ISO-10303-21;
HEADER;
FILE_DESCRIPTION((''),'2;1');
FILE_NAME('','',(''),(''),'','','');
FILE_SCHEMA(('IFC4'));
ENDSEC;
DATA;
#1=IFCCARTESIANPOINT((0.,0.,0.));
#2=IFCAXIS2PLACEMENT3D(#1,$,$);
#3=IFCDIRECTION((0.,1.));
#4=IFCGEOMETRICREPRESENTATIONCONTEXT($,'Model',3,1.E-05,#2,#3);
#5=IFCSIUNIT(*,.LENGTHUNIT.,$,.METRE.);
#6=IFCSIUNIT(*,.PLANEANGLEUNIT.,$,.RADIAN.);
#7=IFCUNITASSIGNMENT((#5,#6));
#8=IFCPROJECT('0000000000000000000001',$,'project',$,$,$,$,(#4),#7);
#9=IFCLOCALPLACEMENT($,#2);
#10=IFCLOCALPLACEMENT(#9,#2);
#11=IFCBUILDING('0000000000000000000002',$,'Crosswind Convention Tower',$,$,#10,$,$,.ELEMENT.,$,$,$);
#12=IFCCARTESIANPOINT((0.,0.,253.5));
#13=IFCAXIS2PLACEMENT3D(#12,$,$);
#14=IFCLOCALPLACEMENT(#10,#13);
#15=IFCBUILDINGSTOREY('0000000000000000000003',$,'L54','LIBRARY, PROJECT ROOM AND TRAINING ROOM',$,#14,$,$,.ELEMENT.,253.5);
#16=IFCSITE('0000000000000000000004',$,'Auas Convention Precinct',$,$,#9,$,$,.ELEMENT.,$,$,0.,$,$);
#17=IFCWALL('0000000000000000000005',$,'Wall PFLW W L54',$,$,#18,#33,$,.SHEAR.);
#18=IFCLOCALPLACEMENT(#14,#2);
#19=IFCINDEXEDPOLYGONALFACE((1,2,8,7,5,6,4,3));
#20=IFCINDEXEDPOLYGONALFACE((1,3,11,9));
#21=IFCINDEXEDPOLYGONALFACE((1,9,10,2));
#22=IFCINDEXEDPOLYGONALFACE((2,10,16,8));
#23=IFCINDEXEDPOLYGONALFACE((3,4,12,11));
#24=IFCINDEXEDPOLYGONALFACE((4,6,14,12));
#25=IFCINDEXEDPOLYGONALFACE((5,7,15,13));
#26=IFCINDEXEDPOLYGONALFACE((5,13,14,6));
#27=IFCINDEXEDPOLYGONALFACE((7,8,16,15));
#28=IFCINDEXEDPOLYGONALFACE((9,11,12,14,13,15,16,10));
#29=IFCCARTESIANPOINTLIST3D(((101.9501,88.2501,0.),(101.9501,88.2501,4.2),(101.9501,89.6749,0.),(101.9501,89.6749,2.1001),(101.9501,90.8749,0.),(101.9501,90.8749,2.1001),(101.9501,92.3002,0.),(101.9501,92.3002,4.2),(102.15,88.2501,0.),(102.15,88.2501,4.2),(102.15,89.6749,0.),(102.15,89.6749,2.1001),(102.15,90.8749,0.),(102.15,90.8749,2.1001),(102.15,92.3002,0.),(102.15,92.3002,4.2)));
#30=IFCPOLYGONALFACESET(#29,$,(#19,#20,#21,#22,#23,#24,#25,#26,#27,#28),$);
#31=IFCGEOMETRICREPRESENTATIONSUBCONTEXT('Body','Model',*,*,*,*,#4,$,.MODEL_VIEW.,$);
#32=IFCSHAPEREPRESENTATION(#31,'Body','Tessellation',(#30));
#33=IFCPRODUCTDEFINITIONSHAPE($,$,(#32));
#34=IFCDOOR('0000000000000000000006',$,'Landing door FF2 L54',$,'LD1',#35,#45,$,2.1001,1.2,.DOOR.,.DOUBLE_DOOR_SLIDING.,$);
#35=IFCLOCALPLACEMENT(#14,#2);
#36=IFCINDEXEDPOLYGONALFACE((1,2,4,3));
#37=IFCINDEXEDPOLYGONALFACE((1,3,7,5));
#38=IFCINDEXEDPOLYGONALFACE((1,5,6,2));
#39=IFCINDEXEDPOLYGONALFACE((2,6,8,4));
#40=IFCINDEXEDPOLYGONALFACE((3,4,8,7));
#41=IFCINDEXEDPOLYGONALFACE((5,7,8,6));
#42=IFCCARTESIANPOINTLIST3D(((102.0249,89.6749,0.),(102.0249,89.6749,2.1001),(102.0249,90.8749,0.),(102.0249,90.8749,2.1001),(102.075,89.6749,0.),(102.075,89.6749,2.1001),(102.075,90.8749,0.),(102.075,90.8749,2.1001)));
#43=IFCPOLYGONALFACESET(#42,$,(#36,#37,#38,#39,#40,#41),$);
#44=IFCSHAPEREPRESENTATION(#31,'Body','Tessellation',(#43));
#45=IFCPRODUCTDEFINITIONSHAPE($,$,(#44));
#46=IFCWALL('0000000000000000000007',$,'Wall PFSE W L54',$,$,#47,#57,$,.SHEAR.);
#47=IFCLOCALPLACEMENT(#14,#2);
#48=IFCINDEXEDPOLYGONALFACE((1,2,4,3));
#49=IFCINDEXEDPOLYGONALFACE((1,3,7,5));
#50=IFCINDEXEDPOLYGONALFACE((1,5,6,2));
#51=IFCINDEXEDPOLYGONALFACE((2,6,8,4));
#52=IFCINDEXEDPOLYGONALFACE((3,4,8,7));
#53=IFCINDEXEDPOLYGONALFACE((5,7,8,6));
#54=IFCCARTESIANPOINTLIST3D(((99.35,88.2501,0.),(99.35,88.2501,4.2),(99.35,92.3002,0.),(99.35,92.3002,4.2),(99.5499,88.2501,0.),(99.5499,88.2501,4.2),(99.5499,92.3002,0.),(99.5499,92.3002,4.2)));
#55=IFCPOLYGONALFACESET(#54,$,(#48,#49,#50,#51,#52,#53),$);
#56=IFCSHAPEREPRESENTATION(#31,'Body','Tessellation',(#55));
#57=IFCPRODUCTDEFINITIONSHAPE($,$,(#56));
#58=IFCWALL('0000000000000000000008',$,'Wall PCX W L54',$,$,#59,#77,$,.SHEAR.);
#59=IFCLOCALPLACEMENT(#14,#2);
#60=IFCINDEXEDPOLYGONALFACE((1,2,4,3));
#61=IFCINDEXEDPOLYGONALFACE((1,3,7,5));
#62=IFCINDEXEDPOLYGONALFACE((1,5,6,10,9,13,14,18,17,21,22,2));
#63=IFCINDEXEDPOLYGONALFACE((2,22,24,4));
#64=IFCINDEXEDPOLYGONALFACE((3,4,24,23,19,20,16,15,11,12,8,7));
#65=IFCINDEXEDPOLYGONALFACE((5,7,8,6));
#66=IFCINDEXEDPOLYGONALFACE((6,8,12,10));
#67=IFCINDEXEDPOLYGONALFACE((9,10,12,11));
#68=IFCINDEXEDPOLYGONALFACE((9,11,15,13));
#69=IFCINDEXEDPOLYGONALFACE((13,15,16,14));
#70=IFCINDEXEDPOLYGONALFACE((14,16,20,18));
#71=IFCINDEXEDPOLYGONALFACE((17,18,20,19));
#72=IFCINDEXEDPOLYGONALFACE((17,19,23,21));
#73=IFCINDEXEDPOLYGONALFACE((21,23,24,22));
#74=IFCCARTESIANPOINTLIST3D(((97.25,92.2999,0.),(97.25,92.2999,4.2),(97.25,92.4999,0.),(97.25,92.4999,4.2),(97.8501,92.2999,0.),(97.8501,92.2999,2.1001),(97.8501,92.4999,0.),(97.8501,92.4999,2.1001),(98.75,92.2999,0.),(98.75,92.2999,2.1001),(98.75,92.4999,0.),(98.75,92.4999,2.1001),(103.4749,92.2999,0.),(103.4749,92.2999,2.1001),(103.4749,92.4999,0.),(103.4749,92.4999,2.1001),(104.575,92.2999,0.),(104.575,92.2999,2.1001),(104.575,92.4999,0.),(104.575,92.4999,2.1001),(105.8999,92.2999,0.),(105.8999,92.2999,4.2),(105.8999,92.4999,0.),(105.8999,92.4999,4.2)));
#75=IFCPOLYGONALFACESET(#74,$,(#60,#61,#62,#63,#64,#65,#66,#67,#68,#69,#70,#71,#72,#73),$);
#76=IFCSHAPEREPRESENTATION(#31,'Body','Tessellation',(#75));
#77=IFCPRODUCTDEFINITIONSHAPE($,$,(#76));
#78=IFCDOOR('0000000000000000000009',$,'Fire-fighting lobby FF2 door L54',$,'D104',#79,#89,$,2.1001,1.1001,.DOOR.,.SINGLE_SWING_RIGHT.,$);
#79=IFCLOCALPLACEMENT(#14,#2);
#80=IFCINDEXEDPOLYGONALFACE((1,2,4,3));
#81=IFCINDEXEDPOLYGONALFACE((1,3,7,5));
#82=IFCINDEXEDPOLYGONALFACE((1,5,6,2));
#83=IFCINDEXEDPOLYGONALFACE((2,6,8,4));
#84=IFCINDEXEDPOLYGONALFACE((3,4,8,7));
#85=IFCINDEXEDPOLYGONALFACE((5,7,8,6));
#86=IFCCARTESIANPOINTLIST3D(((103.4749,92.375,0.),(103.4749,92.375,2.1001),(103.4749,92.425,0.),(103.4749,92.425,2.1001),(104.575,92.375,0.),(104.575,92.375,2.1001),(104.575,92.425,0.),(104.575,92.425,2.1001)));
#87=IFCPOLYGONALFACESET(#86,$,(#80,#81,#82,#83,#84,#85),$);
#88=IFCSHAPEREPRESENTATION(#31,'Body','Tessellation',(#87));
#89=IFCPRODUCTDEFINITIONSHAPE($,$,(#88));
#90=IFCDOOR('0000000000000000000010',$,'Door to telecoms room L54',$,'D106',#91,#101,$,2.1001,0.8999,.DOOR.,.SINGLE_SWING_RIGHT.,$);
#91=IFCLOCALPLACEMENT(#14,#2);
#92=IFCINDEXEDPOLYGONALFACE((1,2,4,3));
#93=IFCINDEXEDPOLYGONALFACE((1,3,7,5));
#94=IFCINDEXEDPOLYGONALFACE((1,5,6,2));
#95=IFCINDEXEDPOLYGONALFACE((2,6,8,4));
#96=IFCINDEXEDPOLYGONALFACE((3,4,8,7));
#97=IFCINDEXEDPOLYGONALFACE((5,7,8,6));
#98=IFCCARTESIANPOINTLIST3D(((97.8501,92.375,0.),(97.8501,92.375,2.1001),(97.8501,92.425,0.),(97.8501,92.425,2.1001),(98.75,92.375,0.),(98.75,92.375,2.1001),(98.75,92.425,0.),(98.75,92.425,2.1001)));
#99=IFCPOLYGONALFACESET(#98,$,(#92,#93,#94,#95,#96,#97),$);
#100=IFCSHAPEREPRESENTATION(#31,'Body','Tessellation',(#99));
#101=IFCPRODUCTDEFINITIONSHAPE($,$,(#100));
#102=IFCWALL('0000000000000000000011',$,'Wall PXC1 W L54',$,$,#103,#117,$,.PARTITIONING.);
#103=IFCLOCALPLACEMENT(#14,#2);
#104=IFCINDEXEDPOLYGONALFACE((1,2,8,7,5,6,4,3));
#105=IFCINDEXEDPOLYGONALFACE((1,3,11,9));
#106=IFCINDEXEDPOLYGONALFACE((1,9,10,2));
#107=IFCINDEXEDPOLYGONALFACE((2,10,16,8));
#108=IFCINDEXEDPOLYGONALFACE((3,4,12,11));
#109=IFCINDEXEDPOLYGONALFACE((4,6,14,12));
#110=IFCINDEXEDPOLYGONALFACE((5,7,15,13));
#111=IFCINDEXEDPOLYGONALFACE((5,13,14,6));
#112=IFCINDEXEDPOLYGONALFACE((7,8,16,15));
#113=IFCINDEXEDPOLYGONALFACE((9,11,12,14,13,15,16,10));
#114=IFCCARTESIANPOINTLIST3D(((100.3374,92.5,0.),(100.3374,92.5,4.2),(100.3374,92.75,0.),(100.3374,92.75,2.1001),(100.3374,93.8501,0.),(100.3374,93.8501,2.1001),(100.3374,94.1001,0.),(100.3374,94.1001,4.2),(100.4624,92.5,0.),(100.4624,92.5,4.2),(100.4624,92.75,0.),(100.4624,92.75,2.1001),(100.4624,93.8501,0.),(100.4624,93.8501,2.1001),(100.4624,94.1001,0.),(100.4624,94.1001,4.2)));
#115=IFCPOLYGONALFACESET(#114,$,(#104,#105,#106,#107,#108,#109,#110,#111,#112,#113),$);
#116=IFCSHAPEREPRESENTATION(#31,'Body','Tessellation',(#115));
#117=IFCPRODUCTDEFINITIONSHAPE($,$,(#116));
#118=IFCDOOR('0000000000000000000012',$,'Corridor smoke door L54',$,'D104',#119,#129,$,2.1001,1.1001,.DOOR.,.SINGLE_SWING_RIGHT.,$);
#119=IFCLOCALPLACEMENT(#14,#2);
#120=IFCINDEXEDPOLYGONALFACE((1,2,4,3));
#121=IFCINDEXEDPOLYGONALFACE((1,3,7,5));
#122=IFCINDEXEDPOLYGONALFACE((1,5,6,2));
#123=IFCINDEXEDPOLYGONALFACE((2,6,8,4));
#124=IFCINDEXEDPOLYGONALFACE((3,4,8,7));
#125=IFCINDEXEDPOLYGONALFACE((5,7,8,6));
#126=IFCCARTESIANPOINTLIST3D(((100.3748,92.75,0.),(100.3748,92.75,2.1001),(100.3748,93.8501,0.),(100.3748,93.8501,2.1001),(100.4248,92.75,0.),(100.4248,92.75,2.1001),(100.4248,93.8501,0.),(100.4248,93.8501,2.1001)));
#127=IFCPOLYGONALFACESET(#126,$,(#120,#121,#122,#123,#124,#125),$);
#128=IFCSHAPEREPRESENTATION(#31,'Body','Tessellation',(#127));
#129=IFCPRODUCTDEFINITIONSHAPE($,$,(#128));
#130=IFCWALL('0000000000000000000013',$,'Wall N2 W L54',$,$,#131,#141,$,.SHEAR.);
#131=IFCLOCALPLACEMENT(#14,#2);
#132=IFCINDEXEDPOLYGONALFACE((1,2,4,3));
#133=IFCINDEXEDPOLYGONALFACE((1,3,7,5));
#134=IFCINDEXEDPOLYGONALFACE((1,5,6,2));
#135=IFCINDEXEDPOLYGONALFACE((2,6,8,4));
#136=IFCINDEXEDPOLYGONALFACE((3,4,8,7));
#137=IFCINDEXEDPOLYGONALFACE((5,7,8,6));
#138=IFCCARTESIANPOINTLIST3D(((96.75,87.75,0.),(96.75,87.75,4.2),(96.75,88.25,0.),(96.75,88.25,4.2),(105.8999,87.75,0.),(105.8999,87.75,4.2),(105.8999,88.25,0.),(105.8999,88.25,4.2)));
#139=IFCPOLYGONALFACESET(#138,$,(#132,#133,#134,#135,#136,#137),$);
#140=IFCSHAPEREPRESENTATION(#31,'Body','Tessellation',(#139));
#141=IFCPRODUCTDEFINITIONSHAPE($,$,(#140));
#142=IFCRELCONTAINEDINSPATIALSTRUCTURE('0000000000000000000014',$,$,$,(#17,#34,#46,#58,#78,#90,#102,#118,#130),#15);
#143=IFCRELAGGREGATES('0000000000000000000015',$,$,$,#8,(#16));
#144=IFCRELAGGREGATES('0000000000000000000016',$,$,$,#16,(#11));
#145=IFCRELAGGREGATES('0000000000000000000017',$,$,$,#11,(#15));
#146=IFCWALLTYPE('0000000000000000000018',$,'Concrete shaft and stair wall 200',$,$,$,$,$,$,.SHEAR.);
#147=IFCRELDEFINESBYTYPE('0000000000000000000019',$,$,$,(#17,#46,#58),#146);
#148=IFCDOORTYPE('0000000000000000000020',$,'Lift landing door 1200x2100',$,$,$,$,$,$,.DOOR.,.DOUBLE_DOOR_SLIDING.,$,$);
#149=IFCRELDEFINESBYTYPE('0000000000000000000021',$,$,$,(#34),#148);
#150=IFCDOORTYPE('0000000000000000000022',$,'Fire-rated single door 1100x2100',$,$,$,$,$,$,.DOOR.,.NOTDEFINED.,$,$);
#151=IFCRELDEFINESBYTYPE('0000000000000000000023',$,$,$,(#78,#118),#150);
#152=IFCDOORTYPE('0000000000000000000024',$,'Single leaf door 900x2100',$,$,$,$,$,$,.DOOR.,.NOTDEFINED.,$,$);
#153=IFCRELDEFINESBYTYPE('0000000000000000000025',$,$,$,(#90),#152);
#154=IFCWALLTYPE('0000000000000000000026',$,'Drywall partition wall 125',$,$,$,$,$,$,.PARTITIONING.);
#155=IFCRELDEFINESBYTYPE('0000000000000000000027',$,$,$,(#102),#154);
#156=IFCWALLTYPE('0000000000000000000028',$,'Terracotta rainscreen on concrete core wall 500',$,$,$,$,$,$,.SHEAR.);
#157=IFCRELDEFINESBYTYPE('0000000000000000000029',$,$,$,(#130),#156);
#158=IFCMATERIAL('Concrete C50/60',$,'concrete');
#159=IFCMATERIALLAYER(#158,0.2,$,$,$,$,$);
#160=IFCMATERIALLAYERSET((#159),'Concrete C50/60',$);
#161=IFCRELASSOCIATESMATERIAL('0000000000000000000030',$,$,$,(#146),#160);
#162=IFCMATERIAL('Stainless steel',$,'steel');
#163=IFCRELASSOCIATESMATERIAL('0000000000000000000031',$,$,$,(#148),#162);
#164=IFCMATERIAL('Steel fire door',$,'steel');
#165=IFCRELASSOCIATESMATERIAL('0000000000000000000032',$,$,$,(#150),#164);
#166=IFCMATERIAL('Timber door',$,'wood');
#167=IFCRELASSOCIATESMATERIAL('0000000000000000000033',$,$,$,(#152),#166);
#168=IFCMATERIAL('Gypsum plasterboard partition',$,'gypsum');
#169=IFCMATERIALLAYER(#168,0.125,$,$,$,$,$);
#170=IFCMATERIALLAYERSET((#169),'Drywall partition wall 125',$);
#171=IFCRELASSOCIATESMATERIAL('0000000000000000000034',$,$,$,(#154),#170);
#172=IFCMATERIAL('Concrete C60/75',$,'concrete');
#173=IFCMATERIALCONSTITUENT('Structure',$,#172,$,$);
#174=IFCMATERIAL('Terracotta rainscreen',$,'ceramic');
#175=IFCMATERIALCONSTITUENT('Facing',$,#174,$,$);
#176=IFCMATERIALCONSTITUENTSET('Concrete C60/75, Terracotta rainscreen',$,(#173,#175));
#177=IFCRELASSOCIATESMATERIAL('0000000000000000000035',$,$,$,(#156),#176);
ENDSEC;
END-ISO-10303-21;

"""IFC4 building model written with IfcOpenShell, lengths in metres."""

from ifc_helpers import new_model, si_unit, direction, frame, frame_2d, origin, place, context, subcontext, project, spatial, rectangle, extrude, material, layer, layer_set, constituent, constituent_set, type_object, element, fill, save


model = new_model("IFC4")

# Units and contexts
model_context = context("Model", 3, precision=1e-05, world=origin(), true_north=direction((0.0, 1.0)))
body_context = subcontext(model_context, "Body", "Model", "MODEL_VIEW")
ifc_project = project(units=[si_unit("LENGTHUNIT", "METRE"), si_unit("PLANEANGLEUNIT", "RADIAN")], contexts=[model_context])

# Site, building, storey
site_placement = place(None, origin())
site = spatial("IfcSite", under=ifc_project, at=site_placement, Name="Auas Convention Precinct", CompositionType="ELEMENT", RefElevation=0.0)
building_placement = place(site_placement, origin())
building = spatial("IfcBuilding", under=site, at=building_placement, Name="Crosswind Convention Tower", CompositionType="ELEMENT")
storey_placement = place(building_placement, frame((0.0, 0.0, 253.5)))
storey = spatial("IfcBuildingStorey", under=building, at=storey_placement, Name="L54", Description="LIBRARY, PROJECT ROOM AND TRAINING ROOM", CompositionType="ELEMENT", Elevation=253.5)

# Shared definitions
ifc_material_1 = material(Name="Concrete C50/60", Category="concrete")
ifc_layer_1 = layer(ifc_material_1, 0.2)
ifc_layer_set_1 = layer_set([ifc_layer_1], Name="Concrete C50/60")
wall_type_1 = type_object("IfcWallType", Name="Concrete shaft and stair wall 200", PredefinedType="SHEAR", material=ifc_layer_set_1)

# Wall, opening, door
wall_1_placement = place(storey_placement, frame((102.05, 92.3, 0.0), z_axis=(0.0, 0.0, 1.0), x_axis=(0.0, -1.0, 0.0)))
wall_1 = element("IfcWall", 1, at=wall_1_placement, inside=storey, type_object=wall_type_1, Name="Wall PFLW W L54", PredefinedType="SHEAR", context=body_context, shape_type="SweptSolid", body=[
    extrude(rectangle(XDim=4.05, YDim=0.2, at=frame_2d((2.0249, 0.0))), origin(), (0.0, 0.0, 1.0), 4.2),
])
opening_1_placement = place(wall_1_placement, frame((1.425, 0.0, 0.0)))
opening_1 = element("IfcOpeningElement", 2, at=opening_1_placement, cuts=wall_1, PredefinedType="OPENING", context=body_context, shape_type="SweptSolid", body=[
    extrude(rectangle(XDim=1.2, YDim=2.1001, at=frame_2d((0.6001, 1.05))), frame((0.0, 0.1099, 0.0), z_axis=(0.0, -1.0, 0.0), x_axis=(1.0, 0.0, 0.0)), (0.0, 0.0, 1.0), 0.22),
])
ifc_material_2 = material(Name="Stainless steel", Category="steel")
door_type_1 = type_object("IfcDoorType", Name="Lift landing door 1200x2100", OperationType="DOUBLE_DOOR_SLIDING", PredefinedType="DOOR", material=ifc_material_2)
door_1_placement = place(opening_1_placement, origin())
door_1 = element("IfcDoor", 3, at=door_1_placement, inside=storey, type_object=door_type_1, Name="Landing door FF2 L54", ObjectType="LD1", OperationType="DOUBLE_DOOR_SLIDING", OverallHeight=2.1001, OverallWidth=1.2, PredefinedType="DOOR", context=body_context, shape_type="SweptSolid", body=[
    extrude(rectangle(XDim=1.2, YDim=2.1001, at=frame_2d((0.6001, 1.05))), frame((0.0, 0.0249, 0.0), z_axis=(0.0, -1.0, 0.0), x_axis=(1.0, 0.0, 0.0)), (0.0, 0.0, 1.0), 0.05),
])
fill(opening_1, door_1)

# Wall
wall_2_placement = place(storey_placement, frame((99.45, 92.3, 0.0), z_axis=(0.0, 0.0, 1.0), x_axis=(0.0, -1.0, 0.0)))
element("IfcWall", 4, at=wall_2_placement, inside=storey, type_object=wall_type_1, Name="Wall PFSE W L54", PredefinedType="SHEAR", context=body_context, shape_type="SweptSolid", body=[
    extrude(rectangle(XDim=4.05, YDim=0.2, at=frame_2d((2.0249, 0.0))), origin(), (0.0, 0.0, 1.0), 4.2),
])

# Wall, openings, doors
wall_3_placement = place(storey_placement, frame((105.8999, 92.3999, 0.0), z_axis=(0.0, 0.0, 1.0), x_axis=(-1.0, 0.0, 0.0)))
wall_3 = element("IfcWall", 5, at=wall_3_placement, inside=storey, type_object=wall_type_1, Name="Wall PCX W L54", PredefinedType="SHEAR", context=body_context, shape_type="SweptSolid", body=[
    extrude(rectangle(XDim=8.6499, YDim=0.2, at=frame_2d((4.325, 0.0))), origin(), (0.0, 0.0, 1.0), 4.2),
])
opening_2_placement = place(wall_3_placement, frame((1.325, 0.0, 0.0)))
opening_2 = element("IfcOpeningElement", 6, at=opening_2_placement, cuts=wall_3, PredefinedType="OPENING", context=body_context, shape_type="SweptSolid", body=[
    extrude(rectangle(XDim=1.1001, YDim=2.1001, at=frame_2d((0.55, 1.05))), frame((0.0, 0.1099, 0.0), z_axis=(0.0, -1.0, 0.0), x_axis=(1.0, 0.0, 0.0)), (0.0, 0.0, 1.0), 0.22),
])
opening_3_placement = place(wall_3_placement, frame((7.1499, 0.0, 0.0)))
opening_3 = element("IfcOpeningElement", 7, at=opening_3_placement, cuts=wall_3, PredefinedType="OPENING", context=body_context, shape_type="SweptSolid", body=[
    extrude(rectangle(XDim=0.8999, YDim=2.1001, at=frame_2d((0.45, 1.05))), frame((0.0, 0.1099, 0.0), z_axis=(0.0, -1.0, 0.0), x_axis=(1.0, 0.0, 0.0)), (0.0, 0.0, 1.0), 0.22),
])
ifc_material_3 = material(Name="Steel fire door", Category="steel")
door_type_2 = type_object("IfcDoorType", Name="Fire-rated single door 1100x2100", OperationType="NOTDEFINED", PredefinedType="DOOR", material=ifc_material_3)
door_2_placement = place(opening_2_placement, origin())
door_2 = element("IfcDoor", 8, at=door_2_placement, inside=storey, type_object=door_type_2, Name="Fire-fighting lobby FF2 door L54", ObjectType="D104", OperationType="SINGLE_SWING_RIGHT", OverallHeight=2.1001, OverallWidth=1.1001, PredefinedType="DOOR", context=body_context, shape_type="SweptSolid", body=[
    extrude(rectangle(XDim=1.1001, YDim=2.1001, at=frame_2d((0.55, 1.05))), frame((0.0, 0.0249, 0.0), z_axis=(0.0, -1.0, 0.0), x_axis=(1.0, 0.0, 0.0)), (0.0, 0.0, 1.0), 0.05),
])
fill(opening_2, door_2)
ifc_material_4 = material(Name="Timber door", Category="wood")
door_type_3 = type_object("IfcDoorType", Name="Single leaf door 900x2100", OperationType="NOTDEFINED", PredefinedType="DOOR", material=ifc_material_4)
door_3_placement = place(opening_3_placement, origin())
door_3 = element("IfcDoor", 9, at=door_3_placement, inside=storey, type_object=door_type_3, Name="Door to telecoms room L54", ObjectType="D106", OperationType="SINGLE_SWING_RIGHT", OverallHeight=2.1001, OverallWidth=0.8999, PredefinedType="DOOR", context=body_context, shape_type="SweptSolid", body=[
    extrude(rectangle(XDim=0.8999, YDim=2.1001, at=frame_2d((0.45, 1.05))), frame((0.0, 0.0249, 0.0), z_axis=(0.0, -1.0, 0.0), x_axis=(1.0, 0.0, 0.0)), (0.0, 0.0, 1.0), 0.05),
])
fill(opening_3, door_3)

# Wall, opening, door
ifc_material_5 = material(Name="Gypsum plasterboard partition", Category="gypsum")
ifc_layer_2 = layer(ifc_material_5, 0.125)
ifc_layer_set_2 = layer_set([ifc_layer_2], Name="Drywall partition wall 125")
wall_type_2 = type_object("IfcWallType", Name="Drywall partition wall 125", PredefinedType="PARTITIONING", material=ifc_layer_set_2)
wall_4_placement = place(storey_placement, frame((100.3999, 94.1001, 0.0), z_axis=(0.0, 0.0, 1.0), x_axis=(0.0, -1.0, 0.0)))
wall_4 = element("IfcWall", 10, at=wall_4_placement, inside=storey, type_object=wall_type_2, Name="Wall PXC1 W L54", PredefinedType="PARTITIONING", context=body_context, shape_type="SweptSolid", body=[
    extrude(rectangle(XDim=1.6001, YDim=0.125, at=frame_2d((0.8, 0.0))), origin(), (0.0, 0.0, 1.0), 4.2),
])
opening_4_placement = place(wall_4_placement, frame((0.25, 0.0, 0.0)))
opening_4 = element("IfcOpeningElement", 11, at=opening_4_placement, cuts=wall_4, PredefinedType="OPENING", context=body_context, shape_type="SweptSolid", body=[
    extrude(rectangle(XDim=1.1001, YDim=2.1001, at=frame_2d((0.55, 1.05))), frame((0.0, 0.0725, 0.0), z_axis=(0.0, -1.0, 0.0), x_axis=(1.0, 0.0, 0.0)), (0.0, 0.0, 1.0), 0.145),
])
door_4_placement = place(opening_4_placement, origin())
door_4 = element("IfcDoor", 12, at=door_4_placement, inside=storey, type_object=door_type_2, Name="Corridor smoke door L54", ObjectType="D104", OperationType="SINGLE_SWING_RIGHT", OverallHeight=2.1001, OverallWidth=1.1001, PredefinedType="DOOR", context=body_context, shape_type="SweptSolid", body=[
    extrude(rectangle(XDim=1.1001, YDim=2.1001, at=frame_2d((0.55, 1.05))), frame((0.0, 0.0249, 0.0), z_axis=(0.0, -1.0, 0.0), x_axis=(1.0, 0.0, 0.0)), (0.0, 0.0, 1.0), 0.05),
])
fill(opening_4, door_4)

# Wall
ifc_material_6 = material(Name="Concrete C60/75", Category="concrete")
ifc_constituent_1 = constituent(ifc_material_6, Name="Structure")
ifc_material_7 = material(Name="Terracotta rainscreen", Category="ceramic")
ifc_constituent_2 = constituent(ifc_material_7, Name="Facing")
ifc_constituent_set = constituent_set(constituents=[ifc_constituent_1, ifc_constituent_2], Name="Concrete C60/75, Terracotta rainscreen")
wall_type_3 = type_object("IfcWallType", Name="Terracotta rainscreen on concrete core wall 500", PredefinedType="SHEAR", material=ifc_constituent_set)
wall_5_placement = place(storey_placement, frame((105.8999, 88.0, 0.0), z_axis=(0.0, 0.0, 1.0), x_axis=(-1.0, 0.0, 0.0)))
element("IfcWall", 13, at=wall_5_placement, inside=storey, type_object=wall_type_3, Name="Wall N2 W L54", PredefinedType="SHEAR", context=body_context, shape_type="SweptSolid", body=[
    extrude(rectangle(XDim=9.1499, YDim=0.5, at=frame_2d((4.575, 0.0))), origin(), (0.0, 0.0, 1.0), 4.2),
])

save(model, "model.ifc")
